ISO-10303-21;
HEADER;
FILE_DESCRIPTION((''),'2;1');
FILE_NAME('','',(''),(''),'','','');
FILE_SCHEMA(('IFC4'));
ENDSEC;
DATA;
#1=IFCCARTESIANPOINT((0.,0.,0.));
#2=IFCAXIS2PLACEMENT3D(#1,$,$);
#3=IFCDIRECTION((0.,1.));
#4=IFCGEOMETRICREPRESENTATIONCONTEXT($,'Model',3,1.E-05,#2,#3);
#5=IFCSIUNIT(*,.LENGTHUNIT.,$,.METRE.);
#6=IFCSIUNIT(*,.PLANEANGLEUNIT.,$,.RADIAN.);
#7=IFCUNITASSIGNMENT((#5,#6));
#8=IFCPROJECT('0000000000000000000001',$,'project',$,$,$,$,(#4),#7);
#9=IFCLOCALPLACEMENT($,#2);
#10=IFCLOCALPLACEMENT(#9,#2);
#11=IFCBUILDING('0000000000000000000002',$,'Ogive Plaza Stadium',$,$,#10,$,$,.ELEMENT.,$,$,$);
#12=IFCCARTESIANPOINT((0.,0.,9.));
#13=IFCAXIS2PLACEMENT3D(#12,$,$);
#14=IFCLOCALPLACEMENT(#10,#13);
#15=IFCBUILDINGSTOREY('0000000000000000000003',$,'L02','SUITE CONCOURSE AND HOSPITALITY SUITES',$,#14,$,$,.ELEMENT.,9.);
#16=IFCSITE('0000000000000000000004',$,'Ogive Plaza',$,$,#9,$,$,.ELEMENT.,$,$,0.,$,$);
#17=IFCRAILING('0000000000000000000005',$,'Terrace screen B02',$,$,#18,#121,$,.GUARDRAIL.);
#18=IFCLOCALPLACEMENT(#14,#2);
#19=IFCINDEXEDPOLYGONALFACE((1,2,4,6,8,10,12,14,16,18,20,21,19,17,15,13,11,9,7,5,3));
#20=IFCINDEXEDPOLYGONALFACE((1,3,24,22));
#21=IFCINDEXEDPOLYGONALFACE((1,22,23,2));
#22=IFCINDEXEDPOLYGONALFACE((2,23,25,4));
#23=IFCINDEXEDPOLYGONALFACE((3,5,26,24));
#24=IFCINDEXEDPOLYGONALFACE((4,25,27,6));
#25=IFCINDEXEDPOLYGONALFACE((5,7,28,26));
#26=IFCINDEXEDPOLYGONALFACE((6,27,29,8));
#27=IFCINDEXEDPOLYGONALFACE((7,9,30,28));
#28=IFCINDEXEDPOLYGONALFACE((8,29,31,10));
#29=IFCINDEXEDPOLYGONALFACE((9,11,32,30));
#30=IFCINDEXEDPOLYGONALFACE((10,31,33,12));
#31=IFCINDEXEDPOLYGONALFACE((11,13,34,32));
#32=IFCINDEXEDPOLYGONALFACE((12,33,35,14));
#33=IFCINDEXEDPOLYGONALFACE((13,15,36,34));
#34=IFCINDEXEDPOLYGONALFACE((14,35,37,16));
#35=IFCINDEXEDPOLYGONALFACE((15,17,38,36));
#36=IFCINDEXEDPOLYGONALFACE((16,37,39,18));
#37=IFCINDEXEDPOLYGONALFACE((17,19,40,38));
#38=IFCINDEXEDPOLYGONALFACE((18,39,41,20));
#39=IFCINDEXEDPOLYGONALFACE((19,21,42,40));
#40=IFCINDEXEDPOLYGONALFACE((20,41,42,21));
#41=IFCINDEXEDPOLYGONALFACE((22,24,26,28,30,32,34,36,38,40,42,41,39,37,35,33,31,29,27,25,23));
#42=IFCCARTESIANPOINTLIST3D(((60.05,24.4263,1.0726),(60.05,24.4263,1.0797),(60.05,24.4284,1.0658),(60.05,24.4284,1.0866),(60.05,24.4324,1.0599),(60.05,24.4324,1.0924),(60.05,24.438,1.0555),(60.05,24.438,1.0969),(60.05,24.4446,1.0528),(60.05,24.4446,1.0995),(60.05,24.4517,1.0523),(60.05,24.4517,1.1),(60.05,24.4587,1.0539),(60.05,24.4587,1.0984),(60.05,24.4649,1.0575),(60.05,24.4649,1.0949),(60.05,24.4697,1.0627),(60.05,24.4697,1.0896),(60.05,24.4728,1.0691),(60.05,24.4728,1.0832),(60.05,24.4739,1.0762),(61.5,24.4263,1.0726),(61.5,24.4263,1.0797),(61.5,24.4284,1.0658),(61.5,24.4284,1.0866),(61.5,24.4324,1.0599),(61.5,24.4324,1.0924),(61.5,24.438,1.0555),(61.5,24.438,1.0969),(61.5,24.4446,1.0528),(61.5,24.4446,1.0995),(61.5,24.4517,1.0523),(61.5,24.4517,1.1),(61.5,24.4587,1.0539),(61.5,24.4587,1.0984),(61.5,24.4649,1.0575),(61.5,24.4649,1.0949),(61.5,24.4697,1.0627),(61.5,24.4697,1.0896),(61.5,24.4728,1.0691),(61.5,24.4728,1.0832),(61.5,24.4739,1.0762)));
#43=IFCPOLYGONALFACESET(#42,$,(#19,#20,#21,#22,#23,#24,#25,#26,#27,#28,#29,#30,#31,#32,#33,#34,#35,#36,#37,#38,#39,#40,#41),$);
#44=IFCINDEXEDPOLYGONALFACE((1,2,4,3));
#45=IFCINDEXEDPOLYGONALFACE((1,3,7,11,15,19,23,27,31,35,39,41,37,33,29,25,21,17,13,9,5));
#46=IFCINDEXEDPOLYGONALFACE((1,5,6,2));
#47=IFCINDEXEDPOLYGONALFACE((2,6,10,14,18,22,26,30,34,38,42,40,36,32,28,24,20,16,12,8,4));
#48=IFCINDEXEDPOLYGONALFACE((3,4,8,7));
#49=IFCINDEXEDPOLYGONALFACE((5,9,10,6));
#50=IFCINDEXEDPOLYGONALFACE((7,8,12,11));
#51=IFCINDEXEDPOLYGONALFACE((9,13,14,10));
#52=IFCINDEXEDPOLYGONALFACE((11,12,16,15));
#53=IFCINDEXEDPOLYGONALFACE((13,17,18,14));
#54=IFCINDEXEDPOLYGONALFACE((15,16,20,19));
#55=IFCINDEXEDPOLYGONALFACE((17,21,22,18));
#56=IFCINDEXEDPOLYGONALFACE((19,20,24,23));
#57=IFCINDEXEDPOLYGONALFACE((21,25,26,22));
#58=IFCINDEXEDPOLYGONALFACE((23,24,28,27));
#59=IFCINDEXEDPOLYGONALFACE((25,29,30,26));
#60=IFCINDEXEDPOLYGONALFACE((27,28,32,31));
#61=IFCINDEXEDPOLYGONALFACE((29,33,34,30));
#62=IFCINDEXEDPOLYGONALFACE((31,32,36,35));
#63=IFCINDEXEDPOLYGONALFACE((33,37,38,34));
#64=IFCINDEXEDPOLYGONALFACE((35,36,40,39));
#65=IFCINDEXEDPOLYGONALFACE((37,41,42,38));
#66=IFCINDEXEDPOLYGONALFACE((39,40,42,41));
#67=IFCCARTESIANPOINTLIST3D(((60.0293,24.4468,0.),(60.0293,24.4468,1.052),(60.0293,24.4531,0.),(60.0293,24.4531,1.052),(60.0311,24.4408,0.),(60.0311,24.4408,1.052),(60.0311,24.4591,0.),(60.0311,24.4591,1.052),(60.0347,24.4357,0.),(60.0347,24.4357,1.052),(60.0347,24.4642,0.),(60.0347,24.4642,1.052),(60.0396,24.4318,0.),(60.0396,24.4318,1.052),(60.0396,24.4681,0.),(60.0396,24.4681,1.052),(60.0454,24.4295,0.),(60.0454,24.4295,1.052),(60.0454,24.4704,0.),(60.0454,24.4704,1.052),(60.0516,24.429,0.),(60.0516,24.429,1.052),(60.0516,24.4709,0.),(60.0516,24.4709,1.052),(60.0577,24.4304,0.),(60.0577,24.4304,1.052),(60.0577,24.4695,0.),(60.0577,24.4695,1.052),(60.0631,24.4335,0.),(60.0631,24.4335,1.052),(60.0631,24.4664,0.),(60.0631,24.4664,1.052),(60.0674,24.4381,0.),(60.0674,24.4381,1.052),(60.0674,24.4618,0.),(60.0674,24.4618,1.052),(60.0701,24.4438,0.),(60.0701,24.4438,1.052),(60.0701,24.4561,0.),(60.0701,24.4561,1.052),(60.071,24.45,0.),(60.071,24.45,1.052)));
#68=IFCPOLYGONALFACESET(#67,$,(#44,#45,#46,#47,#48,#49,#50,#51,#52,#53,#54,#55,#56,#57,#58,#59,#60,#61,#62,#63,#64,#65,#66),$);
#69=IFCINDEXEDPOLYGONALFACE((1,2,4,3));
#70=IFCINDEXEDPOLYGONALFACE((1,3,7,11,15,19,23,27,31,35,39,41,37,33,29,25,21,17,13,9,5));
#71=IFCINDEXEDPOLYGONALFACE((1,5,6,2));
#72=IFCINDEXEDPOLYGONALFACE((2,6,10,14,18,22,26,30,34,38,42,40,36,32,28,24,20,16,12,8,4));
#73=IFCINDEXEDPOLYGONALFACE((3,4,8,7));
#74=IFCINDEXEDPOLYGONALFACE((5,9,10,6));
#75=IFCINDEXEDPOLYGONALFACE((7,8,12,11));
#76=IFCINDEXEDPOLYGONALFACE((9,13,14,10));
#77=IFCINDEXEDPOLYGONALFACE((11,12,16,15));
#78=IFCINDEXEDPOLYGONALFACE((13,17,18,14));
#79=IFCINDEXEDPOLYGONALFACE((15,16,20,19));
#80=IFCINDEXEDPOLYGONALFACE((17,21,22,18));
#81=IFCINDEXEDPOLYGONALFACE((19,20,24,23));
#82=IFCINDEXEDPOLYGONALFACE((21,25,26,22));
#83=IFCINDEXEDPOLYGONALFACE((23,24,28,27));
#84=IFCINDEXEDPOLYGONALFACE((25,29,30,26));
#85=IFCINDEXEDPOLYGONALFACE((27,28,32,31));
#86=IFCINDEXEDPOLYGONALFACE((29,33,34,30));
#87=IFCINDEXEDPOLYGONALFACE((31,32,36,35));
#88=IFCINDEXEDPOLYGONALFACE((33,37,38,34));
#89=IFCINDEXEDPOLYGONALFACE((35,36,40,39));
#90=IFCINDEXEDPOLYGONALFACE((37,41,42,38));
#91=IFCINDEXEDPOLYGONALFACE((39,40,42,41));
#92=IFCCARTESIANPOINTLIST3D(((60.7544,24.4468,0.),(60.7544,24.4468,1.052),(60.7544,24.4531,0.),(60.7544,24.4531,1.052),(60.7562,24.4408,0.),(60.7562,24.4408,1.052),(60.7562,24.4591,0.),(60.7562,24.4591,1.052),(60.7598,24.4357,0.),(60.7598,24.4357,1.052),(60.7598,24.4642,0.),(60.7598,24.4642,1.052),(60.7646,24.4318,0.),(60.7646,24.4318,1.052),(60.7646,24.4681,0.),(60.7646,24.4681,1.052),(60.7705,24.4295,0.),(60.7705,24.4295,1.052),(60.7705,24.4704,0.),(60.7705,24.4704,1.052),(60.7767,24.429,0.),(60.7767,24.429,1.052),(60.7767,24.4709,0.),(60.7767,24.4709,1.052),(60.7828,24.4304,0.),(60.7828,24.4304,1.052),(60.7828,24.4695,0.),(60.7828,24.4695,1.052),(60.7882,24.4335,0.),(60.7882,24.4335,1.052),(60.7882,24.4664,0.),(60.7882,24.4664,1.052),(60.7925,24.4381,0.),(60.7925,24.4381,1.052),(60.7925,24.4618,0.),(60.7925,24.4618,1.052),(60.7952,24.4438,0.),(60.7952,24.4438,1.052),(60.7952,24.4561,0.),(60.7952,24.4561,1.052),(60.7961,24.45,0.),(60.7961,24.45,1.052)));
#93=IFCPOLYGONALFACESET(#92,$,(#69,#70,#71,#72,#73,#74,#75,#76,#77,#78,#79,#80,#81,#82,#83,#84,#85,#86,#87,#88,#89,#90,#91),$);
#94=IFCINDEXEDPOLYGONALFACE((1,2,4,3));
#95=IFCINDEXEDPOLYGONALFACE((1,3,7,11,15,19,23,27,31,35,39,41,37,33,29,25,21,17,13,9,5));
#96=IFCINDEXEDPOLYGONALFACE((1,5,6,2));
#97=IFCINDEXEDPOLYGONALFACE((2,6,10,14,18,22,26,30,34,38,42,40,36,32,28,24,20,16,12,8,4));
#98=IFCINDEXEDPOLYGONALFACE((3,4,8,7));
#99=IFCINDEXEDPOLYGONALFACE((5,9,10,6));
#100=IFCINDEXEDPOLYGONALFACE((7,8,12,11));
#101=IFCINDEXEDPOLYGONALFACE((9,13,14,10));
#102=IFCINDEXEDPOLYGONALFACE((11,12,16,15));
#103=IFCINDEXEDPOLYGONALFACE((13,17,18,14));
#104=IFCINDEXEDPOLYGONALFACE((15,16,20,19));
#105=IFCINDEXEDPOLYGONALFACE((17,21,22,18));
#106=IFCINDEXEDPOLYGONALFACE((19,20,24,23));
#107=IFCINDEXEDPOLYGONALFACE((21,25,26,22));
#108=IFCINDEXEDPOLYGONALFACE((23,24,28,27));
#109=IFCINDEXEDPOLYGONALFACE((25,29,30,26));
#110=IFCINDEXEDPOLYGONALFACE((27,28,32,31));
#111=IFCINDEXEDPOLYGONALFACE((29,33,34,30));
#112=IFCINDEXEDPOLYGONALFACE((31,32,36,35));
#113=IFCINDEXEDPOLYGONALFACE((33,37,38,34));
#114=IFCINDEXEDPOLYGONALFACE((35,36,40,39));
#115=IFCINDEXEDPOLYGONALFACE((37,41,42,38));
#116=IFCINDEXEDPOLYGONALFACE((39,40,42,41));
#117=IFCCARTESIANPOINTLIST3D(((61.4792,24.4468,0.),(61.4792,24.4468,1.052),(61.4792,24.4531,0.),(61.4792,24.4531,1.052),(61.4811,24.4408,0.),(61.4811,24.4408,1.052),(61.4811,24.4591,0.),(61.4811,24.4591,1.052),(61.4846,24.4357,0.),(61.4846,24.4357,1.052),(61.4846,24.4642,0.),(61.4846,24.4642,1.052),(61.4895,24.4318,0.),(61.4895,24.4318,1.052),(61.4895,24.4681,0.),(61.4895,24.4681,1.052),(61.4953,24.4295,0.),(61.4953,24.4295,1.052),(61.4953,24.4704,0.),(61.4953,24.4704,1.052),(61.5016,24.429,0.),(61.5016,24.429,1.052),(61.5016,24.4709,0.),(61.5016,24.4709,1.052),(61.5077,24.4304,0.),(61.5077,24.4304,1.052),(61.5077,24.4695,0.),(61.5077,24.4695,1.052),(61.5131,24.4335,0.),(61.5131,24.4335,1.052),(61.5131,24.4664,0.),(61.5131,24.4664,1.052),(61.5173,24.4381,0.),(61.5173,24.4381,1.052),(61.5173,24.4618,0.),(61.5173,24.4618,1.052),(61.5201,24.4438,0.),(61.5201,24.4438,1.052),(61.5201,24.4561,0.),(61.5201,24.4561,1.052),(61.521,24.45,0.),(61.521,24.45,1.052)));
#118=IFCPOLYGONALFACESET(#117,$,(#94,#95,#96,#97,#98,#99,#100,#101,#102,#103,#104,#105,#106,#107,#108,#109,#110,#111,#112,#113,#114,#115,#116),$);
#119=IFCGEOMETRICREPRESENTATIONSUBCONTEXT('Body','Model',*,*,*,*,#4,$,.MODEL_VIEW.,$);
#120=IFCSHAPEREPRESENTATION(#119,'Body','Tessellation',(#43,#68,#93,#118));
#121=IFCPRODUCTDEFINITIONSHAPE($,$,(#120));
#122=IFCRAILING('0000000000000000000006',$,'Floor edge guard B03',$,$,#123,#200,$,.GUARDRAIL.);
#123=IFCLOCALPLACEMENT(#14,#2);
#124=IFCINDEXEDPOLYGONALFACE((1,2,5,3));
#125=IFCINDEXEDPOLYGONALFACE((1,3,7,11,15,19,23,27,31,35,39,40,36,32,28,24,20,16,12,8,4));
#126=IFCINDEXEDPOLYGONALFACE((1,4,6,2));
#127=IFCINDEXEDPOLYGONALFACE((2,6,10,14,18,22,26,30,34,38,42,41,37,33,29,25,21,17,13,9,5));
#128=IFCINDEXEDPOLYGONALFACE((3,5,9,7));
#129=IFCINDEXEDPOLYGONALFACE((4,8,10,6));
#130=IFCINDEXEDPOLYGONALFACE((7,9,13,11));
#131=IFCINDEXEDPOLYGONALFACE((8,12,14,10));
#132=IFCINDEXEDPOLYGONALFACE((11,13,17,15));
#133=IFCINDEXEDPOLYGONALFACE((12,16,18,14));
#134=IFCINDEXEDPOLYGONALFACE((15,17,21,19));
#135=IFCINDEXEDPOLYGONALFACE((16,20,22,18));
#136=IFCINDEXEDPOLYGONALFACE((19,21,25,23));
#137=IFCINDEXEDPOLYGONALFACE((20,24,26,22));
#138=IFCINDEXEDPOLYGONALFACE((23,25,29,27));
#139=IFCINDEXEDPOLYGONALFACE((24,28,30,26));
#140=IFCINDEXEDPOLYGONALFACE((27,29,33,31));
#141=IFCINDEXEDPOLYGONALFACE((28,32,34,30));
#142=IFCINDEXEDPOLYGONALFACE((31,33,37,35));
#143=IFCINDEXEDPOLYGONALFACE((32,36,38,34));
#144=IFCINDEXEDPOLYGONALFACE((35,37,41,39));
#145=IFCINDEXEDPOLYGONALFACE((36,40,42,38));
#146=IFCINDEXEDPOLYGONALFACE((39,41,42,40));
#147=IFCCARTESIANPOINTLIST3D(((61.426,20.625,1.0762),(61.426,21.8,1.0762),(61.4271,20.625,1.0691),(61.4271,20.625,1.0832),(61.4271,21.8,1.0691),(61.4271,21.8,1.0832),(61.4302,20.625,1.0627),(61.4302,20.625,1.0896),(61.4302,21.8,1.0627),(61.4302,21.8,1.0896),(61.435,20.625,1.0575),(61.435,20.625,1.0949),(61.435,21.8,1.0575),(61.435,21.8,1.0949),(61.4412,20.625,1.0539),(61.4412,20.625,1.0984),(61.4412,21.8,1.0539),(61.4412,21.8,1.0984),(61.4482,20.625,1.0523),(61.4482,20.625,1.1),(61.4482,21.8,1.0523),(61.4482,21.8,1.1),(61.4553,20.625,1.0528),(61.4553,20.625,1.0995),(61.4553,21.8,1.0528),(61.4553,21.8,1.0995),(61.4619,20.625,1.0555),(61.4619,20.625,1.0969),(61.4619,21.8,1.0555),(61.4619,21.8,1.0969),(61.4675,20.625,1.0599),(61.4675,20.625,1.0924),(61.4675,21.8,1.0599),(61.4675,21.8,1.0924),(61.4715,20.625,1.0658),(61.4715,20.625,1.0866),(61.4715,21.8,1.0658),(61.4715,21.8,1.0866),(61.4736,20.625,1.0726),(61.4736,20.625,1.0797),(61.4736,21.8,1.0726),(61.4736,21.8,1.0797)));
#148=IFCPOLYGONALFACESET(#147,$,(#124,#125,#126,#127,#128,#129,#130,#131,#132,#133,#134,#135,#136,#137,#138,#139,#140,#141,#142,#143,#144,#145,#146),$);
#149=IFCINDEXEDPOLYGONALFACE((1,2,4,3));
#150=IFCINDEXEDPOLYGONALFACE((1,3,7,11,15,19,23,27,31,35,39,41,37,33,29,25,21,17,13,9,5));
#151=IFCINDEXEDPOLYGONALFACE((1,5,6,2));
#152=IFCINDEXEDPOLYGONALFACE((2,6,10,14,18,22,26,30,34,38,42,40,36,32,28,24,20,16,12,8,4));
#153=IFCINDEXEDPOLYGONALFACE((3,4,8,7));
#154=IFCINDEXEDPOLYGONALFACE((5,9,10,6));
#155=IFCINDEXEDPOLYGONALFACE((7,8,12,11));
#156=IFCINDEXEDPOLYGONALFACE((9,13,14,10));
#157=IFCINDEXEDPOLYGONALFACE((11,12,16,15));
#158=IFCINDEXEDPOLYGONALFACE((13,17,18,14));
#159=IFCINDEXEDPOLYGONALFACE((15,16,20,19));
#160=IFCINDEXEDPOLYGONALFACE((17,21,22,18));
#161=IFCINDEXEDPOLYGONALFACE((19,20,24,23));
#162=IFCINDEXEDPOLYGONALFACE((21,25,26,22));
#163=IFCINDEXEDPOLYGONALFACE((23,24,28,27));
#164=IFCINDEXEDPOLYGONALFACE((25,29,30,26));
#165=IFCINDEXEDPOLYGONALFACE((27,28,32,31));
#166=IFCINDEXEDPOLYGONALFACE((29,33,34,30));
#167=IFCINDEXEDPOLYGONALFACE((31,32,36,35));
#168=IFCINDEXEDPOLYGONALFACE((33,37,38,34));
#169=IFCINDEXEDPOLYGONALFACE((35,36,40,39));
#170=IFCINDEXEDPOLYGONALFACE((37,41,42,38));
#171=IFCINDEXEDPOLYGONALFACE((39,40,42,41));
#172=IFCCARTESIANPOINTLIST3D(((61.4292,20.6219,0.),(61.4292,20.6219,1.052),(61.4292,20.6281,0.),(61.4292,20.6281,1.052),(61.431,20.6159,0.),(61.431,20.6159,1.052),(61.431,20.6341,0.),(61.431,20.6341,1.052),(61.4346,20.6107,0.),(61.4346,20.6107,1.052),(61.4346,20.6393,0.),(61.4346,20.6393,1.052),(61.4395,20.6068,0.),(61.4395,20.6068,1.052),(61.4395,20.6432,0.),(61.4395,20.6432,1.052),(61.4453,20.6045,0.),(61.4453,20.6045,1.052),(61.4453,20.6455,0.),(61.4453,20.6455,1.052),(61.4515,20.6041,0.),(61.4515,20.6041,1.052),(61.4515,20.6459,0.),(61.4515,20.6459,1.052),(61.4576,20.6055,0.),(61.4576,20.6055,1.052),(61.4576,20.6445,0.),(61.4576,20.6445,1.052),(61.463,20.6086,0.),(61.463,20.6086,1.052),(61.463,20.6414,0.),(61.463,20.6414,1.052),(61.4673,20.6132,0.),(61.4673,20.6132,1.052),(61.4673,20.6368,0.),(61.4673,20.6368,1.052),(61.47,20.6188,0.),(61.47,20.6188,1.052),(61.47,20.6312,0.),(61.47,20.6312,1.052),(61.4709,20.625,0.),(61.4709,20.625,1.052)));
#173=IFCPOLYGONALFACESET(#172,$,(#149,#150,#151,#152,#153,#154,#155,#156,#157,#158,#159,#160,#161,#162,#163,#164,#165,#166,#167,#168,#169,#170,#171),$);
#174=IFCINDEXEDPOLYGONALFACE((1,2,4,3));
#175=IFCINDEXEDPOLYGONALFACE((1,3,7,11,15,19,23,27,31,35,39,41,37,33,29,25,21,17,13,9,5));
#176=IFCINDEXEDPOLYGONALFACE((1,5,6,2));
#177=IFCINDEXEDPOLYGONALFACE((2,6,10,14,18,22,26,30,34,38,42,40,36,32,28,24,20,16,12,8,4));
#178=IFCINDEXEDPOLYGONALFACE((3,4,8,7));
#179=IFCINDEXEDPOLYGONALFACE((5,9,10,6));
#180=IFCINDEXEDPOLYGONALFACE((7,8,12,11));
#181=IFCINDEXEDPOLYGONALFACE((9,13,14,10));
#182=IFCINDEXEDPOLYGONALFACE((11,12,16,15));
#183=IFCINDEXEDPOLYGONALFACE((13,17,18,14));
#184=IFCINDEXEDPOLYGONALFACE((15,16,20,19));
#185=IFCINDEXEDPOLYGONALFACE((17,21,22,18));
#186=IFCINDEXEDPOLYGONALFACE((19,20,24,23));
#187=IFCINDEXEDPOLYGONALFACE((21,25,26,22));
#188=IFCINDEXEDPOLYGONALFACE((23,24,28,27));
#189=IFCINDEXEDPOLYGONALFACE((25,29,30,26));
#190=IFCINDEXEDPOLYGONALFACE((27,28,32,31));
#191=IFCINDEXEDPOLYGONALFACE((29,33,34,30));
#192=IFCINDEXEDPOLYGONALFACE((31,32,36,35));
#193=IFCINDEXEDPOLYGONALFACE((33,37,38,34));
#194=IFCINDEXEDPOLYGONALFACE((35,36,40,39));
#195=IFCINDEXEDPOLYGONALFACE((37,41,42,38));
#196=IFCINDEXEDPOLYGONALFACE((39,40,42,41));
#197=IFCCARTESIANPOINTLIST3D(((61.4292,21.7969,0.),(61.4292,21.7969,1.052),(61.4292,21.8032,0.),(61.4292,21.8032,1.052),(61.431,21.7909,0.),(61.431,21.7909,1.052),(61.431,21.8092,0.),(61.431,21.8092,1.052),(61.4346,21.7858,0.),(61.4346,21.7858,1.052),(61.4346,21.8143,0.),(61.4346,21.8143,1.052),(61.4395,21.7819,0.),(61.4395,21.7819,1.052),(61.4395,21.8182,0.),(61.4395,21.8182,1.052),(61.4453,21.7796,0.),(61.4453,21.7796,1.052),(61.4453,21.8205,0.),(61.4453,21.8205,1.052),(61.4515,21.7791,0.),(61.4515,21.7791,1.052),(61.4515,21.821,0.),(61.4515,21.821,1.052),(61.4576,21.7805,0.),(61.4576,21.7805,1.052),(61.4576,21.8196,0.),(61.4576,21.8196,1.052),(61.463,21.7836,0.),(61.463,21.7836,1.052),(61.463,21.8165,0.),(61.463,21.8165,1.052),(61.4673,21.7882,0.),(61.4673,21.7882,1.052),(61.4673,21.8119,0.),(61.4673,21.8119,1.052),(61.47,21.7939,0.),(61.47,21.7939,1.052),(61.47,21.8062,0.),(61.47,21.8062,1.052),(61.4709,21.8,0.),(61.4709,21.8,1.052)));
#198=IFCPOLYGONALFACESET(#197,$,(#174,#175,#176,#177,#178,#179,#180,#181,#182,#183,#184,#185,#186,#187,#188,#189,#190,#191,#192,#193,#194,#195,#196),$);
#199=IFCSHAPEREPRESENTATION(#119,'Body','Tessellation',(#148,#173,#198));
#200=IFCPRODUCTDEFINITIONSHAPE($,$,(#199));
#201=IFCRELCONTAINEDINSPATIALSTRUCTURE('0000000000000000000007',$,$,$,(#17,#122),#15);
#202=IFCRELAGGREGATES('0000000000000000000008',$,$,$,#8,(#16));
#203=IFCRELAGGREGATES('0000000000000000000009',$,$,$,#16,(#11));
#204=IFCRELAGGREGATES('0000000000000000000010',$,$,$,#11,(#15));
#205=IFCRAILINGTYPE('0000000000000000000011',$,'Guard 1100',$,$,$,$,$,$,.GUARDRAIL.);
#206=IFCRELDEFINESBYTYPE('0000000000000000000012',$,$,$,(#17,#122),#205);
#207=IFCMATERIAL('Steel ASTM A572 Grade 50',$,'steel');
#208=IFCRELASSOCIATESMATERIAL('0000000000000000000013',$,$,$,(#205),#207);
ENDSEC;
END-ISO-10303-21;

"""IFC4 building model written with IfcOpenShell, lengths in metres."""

from ifc_helpers import new_model, si_unit, direction, frame, origin, origin_2d, place, context, subcontext, project, spatial, circle, extrude, material, type_object, element, save


model = new_model("IFC4")

# Units and contexts
model_context = context("Model", 3, precision=1e-05, world=origin(), true_north=direction((0.0, 1.0)))
body_context = subcontext(model_context, "Body", "Model", "MODEL_VIEW")
ifc_project = project(units=[si_unit("LENGTHUNIT", "METRE"), si_unit("PLANEANGLEUNIT", "RADIAN")], contexts=[model_context])

# Site, building, storey
site_placement = place(None, origin())
site = spatial("IfcSite", under=ifc_project, at=site_placement, Name="Ogive Plaza", CompositionType="ELEMENT", RefElevation=0.0)
building_placement = place(site_placement, origin())
building = spatial("IfcBuilding", under=site, at=building_placement, Name="Ogive Plaza Stadium", CompositionType="ELEMENT")
storey_placement = place(building_placement, frame((0.0, 0.0, 9.0)))
storey = spatial("IfcBuildingStorey", under=building, at=storey_placement, Name="L02", Description="SUITE CONCOURSE AND HOSPITALITY SUITES", CompositionType="ELEMENT", Elevation=9.0)

# Railings
ifc_material_1 = material(Name="Steel ASTM A572 Grade 50", Category="steel")
railing_type = type_object("IfcRailingType", Name="Guard 1100", PredefinedType="GUARDRAIL", material=ifc_material_1)
for number, where, name in (
    (1, (60.05, 24.45, 0.0), "Terrace screen B02"),
):
    element("IfcRailing", number, at=place(storey_placement, frame(where)), inside=storey, type_object=railing_type, Name=name, PredefinedType="GUARDRAIL", context=body_context, shape_type="SweptSolid", body=[
        extrude(circle(Radius=0.0239, at=origin_2d()), frame((0.0, 0.0, 1.0762), z_axis=(1.0, 0.0, 0.0), x_axis=(0.0, 1.0, 0.0)), (0.0, 0.0, 1.0), 1.45),
        extrude(circle(Radius=0.021, at=origin_2d()), origin(), (0.0, 0.0, 1.0), 1.052),
        extrude(circle(Radius=0.021, at=origin_2d()), frame((0.7251, 0.0, 0.0)), (0.0, 0.0, 1.0), 1.052),
        extrude(circle(Radius=0.021, at=origin_2d()), frame((1.45, 0.0, 0.0)), (0.0, 0.0, 1.0), 1.052),
    ])
railing_1_placement = place(storey_placement, frame((61.45, 20.625, 0.0)))
element("IfcRailing", 2, at=railing_1_placement, inside=storey, type_object=railing_type, Name="Floor edge guard B03", PredefinedType="GUARDRAIL", context=body_context, shape_type="SweptSolid", body=[
    extrude(circle(Radius=0.0239, at=origin_2d()), frame((0.0, 0.0, 1.0762), z_axis=(0.0, 1.0, 0.0), x_axis=(-1.0, 0.0, 0.0)), (0.0, 0.0, 1.0), 1.175),
    extrude(circle(Radius=0.021, at=origin_2d()), origin(), (0.0, 0.0, 1.0), 1.052),
    extrude(circle(Radius=0.021, at=origin_2d()), frame((0.0, 1.175, 0.0)), (0.0, 0.0, 1.0), 1.052),
])

save(model, "model.ifc")
